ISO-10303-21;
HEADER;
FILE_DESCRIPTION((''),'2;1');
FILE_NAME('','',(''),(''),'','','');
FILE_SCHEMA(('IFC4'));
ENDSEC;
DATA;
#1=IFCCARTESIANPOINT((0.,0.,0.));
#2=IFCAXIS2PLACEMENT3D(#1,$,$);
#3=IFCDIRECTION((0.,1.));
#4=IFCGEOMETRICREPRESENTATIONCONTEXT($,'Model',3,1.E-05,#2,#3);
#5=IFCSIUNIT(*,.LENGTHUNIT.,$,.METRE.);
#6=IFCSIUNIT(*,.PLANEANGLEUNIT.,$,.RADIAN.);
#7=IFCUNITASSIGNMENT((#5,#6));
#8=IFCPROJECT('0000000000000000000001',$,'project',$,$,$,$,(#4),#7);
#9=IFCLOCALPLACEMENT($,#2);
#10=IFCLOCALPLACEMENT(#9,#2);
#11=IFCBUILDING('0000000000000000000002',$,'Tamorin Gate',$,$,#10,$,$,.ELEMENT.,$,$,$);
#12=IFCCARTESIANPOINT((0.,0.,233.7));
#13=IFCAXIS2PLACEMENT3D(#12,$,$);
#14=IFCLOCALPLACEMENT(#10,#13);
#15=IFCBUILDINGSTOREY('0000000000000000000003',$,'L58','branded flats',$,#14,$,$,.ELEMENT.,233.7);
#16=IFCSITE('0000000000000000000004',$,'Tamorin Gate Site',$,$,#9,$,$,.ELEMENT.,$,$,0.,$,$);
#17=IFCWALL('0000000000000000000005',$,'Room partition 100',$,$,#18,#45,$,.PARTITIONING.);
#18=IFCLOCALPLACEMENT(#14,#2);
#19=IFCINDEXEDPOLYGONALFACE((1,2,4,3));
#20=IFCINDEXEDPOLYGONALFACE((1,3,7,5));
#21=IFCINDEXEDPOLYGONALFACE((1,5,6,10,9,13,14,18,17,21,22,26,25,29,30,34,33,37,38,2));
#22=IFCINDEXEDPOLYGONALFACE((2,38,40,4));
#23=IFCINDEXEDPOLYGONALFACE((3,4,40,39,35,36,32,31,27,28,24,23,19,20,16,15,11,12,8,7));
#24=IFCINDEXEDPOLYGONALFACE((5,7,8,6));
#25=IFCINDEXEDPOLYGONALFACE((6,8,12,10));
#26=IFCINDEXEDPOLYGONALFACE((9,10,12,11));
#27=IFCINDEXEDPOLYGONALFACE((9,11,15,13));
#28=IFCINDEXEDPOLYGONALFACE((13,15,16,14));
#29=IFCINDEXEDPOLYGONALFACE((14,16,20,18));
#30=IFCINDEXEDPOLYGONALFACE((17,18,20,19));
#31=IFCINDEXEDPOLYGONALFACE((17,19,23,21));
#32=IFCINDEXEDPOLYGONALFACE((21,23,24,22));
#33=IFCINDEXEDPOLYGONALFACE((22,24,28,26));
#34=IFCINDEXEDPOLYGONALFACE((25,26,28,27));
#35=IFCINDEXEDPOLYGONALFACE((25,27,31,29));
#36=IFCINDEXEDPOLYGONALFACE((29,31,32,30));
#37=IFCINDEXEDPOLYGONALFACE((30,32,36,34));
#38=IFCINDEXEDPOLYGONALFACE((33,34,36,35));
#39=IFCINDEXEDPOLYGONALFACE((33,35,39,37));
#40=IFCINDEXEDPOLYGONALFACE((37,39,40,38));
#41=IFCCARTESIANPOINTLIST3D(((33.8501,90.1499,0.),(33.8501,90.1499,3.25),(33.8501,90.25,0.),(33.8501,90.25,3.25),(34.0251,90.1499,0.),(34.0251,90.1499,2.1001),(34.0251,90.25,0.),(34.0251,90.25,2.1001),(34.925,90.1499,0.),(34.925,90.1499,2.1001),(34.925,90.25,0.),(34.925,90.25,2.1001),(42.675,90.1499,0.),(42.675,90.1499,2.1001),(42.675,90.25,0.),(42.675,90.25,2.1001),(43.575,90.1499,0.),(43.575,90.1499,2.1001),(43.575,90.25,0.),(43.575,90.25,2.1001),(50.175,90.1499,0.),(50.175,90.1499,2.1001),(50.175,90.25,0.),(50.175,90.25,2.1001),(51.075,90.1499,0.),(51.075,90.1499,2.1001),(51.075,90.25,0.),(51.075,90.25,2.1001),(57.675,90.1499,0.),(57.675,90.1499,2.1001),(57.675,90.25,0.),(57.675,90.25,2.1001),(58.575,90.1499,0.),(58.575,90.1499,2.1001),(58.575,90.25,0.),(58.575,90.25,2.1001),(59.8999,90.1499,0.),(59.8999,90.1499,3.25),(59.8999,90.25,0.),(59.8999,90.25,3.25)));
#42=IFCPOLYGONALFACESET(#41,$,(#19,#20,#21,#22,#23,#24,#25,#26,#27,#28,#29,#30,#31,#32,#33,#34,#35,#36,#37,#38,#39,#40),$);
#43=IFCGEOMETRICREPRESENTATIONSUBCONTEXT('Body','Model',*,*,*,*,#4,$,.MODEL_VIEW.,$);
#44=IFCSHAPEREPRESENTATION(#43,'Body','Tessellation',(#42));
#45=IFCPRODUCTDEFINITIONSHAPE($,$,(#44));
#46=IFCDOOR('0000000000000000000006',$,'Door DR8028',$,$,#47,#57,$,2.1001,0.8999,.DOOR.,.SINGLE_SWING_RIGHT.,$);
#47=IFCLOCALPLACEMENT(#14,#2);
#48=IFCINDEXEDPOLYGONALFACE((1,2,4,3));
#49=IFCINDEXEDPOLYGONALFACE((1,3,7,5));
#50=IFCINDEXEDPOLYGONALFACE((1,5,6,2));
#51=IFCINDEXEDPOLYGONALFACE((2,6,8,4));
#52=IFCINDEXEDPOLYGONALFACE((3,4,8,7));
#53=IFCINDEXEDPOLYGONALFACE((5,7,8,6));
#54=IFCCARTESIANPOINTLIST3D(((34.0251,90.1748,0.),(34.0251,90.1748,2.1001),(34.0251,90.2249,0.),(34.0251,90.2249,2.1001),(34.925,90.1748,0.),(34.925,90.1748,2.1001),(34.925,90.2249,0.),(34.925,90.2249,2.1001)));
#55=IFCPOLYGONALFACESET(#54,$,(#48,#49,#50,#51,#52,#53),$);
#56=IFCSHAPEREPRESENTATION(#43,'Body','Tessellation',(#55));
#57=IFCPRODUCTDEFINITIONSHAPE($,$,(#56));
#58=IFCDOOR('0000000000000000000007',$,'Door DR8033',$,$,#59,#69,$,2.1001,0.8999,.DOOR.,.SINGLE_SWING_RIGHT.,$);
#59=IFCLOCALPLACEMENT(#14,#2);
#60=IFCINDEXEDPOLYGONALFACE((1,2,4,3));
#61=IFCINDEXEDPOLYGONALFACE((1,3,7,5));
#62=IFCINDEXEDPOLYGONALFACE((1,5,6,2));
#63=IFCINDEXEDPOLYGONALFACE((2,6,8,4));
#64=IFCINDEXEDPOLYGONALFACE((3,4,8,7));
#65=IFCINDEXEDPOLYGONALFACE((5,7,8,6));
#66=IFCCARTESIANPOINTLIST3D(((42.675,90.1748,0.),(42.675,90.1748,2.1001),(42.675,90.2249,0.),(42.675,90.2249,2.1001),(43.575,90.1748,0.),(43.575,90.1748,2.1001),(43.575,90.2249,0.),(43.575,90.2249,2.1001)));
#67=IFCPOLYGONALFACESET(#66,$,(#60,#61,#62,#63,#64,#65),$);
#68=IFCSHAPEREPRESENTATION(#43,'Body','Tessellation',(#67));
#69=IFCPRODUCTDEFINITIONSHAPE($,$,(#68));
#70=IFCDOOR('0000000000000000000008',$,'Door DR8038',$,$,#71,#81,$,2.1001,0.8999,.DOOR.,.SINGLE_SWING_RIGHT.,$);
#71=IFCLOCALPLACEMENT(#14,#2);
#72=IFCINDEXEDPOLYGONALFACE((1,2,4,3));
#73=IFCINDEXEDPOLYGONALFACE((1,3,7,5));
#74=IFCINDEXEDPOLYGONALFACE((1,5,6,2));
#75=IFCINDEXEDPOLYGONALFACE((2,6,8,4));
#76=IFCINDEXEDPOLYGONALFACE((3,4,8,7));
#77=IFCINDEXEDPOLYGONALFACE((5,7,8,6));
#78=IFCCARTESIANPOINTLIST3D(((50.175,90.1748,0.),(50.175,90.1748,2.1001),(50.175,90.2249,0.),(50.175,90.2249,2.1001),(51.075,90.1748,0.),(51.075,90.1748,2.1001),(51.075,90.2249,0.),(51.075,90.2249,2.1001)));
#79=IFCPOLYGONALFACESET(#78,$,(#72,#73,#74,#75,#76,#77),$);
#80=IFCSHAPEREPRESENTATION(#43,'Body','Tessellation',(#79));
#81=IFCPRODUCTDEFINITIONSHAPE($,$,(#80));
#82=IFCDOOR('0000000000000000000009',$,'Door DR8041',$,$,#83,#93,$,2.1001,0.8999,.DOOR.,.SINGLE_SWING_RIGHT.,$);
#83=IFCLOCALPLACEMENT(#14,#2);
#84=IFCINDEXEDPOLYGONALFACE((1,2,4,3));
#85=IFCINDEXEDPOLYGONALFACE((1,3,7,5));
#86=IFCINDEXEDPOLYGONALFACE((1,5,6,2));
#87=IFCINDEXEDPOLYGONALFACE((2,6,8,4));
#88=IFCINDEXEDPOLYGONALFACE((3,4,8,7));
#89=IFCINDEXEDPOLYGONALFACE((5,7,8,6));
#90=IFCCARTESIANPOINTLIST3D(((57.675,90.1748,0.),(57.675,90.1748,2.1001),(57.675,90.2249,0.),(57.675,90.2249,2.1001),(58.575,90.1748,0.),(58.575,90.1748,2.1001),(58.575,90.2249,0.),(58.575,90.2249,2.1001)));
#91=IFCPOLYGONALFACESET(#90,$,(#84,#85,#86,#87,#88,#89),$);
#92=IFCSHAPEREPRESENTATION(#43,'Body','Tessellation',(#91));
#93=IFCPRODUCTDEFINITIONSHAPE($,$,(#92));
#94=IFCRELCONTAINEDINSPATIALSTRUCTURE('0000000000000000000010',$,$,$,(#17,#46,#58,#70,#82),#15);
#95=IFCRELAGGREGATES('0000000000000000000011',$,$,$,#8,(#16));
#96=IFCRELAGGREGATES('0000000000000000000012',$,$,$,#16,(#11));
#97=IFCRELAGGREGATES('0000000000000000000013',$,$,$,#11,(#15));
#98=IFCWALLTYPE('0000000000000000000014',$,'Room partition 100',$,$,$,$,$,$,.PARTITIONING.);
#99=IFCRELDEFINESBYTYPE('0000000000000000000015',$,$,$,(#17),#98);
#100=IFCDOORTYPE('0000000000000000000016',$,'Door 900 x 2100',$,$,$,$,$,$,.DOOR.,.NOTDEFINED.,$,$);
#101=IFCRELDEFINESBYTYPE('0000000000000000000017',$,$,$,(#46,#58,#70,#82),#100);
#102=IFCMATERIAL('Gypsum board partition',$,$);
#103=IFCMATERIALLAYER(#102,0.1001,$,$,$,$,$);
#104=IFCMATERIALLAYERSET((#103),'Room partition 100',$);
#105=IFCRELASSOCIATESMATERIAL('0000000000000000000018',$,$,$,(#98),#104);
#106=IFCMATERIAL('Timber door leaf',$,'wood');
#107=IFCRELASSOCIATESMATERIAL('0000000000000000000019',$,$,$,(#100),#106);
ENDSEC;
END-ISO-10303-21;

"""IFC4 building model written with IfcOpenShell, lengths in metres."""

from ifc_helpers import new_model, si_unit, direction, frame, frame_2d, origin, place, context, subcontext, project, spatial, rectangle, extrude, material, layer, layer_set, type_object, element, fill, save


model = new_model("IFC4")

# Units and contexts
model_context = context("Model", 3, precision=1e-05, world=origin(), true_north=direction((0.0, 1.0)))
body_context = subcontext(model_context, "Body", "Model", "MODEL_VIEW")
ifc_project = project(units=[si_unit("LENGTHUNIT", "METRE"), si_unit("PLANEANGLEUNIT", "RADIAN")], contexts=[model_context])

# Site, building, storey
site_placement = place(None, origin())
site = spatial("IfcSite", under=ifc_project, at=site_placement, Name="Tamorin Gate Site", CompositionType="ELEMENT", RefElevation=0.0)
building_placement = place(site_placement, origin())
building = spatial("IfcBuilding", under=site, at=building_placement, Name="Tamorin Gate", CompositionType="ELEMENT")
storey_placement = place(building_placement, frame((0.0, 0.0, 233.7)))
storey = spatial("IfcBuildingStorey", under=building, at=storey_placement, Name="L58", Description="branded flats", CompositionType="ELEMENT", Elevation=233.7)

# Wall, openings, doors
ifc_material_1 = material(Name="Gypsum board partition")
ifc_layer_1 = layer(ifc_material_1, 0.1001)
ifc_layer_set_1 = layer_set([ifc_layer_1], Name="Room partition 100")
wall_type_1 = type_object("IfcWallType", Name="Room partition 100", PredefinedType="PARTITIONING", material=ifc_layer_set_1)
wall_1_placement = place(storey_placement, frame((33.8501, 90.2, 0.0), z_axis=(0.0, 0.0, 1.0), x_axis=(1.0, 0.0, 0.0)))
wall_1 = element("IfcWall", 1, at=wall_1_placement, inside=storey, type_object=wall_type_1, Name="Room partition 100", PredefinedType="PARTITIONING", context=body_context, shape_type="SweptSolid", body=[
    extrude(rectangle(XDim=26.0498, YDim=0.1001, at=frame_2d((13.0249, 0.0))), origin(), (0.0, 0.0, 1.0), 3.25),
])
opening_1_placement = place(wall_1_placement, frame((0.175, 0.0, 0.0)))
opening_1 = element("IfcOpeningElement", 2, at=opening_1_placement, cuts=wall_1, PredefinedType="OPENING", context=body_context, shape_type="SweptSolid", body=[
    extrude(rectangle(XDim=0.8999, YDim=2.1001, at=frame_2d((0.45, 1.05))), frame((0.0, 0.0601, 0.0), z_axis=(0.0, -1.0, 0.0), x_axis=(1.0, 0.0, 0.0)), (0.0, 0.0, 1.0), 0.1201),
])
opening_2_placement = place(wall_1_placement, frame((8.825, 0.0, 0.0)))
opening_2 = element("IfcOpeningElement", 3, at=opening_2_placement, cuts=wall_1, PredefinedType="OPENING", context=body_context, shape_type="SweptSolid", body=[
    extrude(rectangle(XDim=0.8999, YDim=2.1001, at=frame_2d((0.45, 1.05))), frame((0.0, 0.0601, 0.0), z_axis=(0.0, -1.0, 0.0), x_axis=(1.0, 0.0, 0.0)), (0.0, 0.0, 1.0), 0.1201),
])
opening_3_placement = place(wall_1_placement, frame((16.325, 0.0, 0.0)))
opening_3 = element("IfcOpeningElement", 4, at=opening_3_placement, cuts=wall_1, PredefinedType="OPENING", context=body_context, shape_type="SweptSolid", body=[
    extrude(rectangle(XDim=0.8999, YDim=2.1001, at=frame_2d((0.45, 1.05))), frame((0.0, 0.0601, 0.0), z_axis=(0.0, -1.0, 0.0), x_axis=(1.0, 0.0, 0.0)), (0.0, 0.0, 1.0), 0.1201),
])
opening_4_placement = place(wall_1_placement, frame((23.825, 0.0, 0.0)))
opening_4 = element("IfcOpeningElement", 5, at=opening_4_placement, cuts=wall_1, PredefinedType="OPENING", context=body_context, shape_type="SweptSolid", body=[
    extrude(rectangle(XDim=0.8999, YDim=2.1001, at=frame_2d((0.45, 1.05))), frame((0.0, 0.0601, 0.0), z_axis=(0.0, -1.0, 0.0), x_axis=(1.0, 0.0, 0.0)), (0.0, 0.0, 1.0), 0.1201),
])
ifc_material_2 = material(Name="Timber door leaf", Category="wood")
door_type = type_object("IfcDoorType", Name="Door 900 x 2100", OperationType="NOTDEFINED", PredefinedType="DOOR", material=ifc_material_2)
door_1_placement = place(opening_1_placement, origin())
door_1 = element("IfcDoor", 6, at=door_1_placement, inside=storey, type_object=door_type, Name="Door DR8028", OperationType="SINGLE_SWING_RIGHT", OverallHeight=2.1001, OverallWidth=0.8999, PredefinedType="DOOR", context=body_context, shape_type="SweptSolid", body=[
    extrude(rectangle(XDim=0.8999, YDim=2.1001, at=frame_2d((0.45, 1.05))), frame((0.0, 0.0249, 0.0), z_axis=(0.0, -1.0, 0.0), x_axis=(1.0, 0.0, 0.0)), (0.0, 0.0, 1.0), 0.05),
])
fill(opening_1, door_1)
door_2_placement = place(opening_2_placement, origin())
door_2 = element("IfcDoor", 7, at=door_2_placement, inside=storey, type_object=door_type, Name="Door DR8033", OperationType="SINGLE_SWING_RIGHT", OverallHeight=2.1001, OverallWidth=0.8999, PredefinedType="DOOR", context=body_context, shape_type="SweptSolid", body=[
    extrude(rectangle(XDim=0.8999, YDim=2.1001, at=frame_2d((0.45, 1.05))), frame((0.0, 0.0249, 0.0), z_axis=(0.0, -1.0, 0.0), x_axis=(1.0, 0.0, 0.0)), (0.0, 0.0, 1.0), 0.05),
])
fill(opening_2, door_2)
door_3_placement = place(opening_3_placement, origin())
door_3 = element("IfcDoor", 8, at=door_3_placement, inside=storey, type_object=door_type, Name="Door DR8038", OperationType="SINGLE_SWING_RIGHT", OverallHeight=2.1001, OverallWidth=0.8999, PredefinedType="DOOR", context=body_context, shape_type="SweptSolid", body=[
    extrude(rectangle(XDim=0.8999, YDim=2.1001, at=frame_2d((0.45, 1.05))), frame((0.0, 0.0249, 0.0), z_axis=(0.0, -1.0, 0.0), x_axis=(1.0, 0.0, 0.0)), (0.0, 0.0, 1.0), 0.05),
])
fill(opening_3, door_3)
door_4_placement = place(opening_4_placement, origin())
door_4 = element("IfcDoor", 9, at=door_4_placement, inside=storey, type_object=door_type, Name="Door DR8041", OperationType="SINGLE_SWING_RIGHT", OverallHeight=2.1001, OverallWidth=0.8999, PredefinedType="DOOR", context=body_context, shape_type="SweptSolid", body=[
    extrude(rectangle(XDim=0.8999, YDim=2.1001, at=frame_2d((0.45, 1.05))), frame((0.0, 0.0249, 0.0), z_axis=(0.0, -1.0, 0.0), x_axis=(1.0, 0.0, 0.0)), (0.0, 0.0, 1.0), 0.05),
])
fill(opening_4, door_4)

save(model, "model.ifc")
